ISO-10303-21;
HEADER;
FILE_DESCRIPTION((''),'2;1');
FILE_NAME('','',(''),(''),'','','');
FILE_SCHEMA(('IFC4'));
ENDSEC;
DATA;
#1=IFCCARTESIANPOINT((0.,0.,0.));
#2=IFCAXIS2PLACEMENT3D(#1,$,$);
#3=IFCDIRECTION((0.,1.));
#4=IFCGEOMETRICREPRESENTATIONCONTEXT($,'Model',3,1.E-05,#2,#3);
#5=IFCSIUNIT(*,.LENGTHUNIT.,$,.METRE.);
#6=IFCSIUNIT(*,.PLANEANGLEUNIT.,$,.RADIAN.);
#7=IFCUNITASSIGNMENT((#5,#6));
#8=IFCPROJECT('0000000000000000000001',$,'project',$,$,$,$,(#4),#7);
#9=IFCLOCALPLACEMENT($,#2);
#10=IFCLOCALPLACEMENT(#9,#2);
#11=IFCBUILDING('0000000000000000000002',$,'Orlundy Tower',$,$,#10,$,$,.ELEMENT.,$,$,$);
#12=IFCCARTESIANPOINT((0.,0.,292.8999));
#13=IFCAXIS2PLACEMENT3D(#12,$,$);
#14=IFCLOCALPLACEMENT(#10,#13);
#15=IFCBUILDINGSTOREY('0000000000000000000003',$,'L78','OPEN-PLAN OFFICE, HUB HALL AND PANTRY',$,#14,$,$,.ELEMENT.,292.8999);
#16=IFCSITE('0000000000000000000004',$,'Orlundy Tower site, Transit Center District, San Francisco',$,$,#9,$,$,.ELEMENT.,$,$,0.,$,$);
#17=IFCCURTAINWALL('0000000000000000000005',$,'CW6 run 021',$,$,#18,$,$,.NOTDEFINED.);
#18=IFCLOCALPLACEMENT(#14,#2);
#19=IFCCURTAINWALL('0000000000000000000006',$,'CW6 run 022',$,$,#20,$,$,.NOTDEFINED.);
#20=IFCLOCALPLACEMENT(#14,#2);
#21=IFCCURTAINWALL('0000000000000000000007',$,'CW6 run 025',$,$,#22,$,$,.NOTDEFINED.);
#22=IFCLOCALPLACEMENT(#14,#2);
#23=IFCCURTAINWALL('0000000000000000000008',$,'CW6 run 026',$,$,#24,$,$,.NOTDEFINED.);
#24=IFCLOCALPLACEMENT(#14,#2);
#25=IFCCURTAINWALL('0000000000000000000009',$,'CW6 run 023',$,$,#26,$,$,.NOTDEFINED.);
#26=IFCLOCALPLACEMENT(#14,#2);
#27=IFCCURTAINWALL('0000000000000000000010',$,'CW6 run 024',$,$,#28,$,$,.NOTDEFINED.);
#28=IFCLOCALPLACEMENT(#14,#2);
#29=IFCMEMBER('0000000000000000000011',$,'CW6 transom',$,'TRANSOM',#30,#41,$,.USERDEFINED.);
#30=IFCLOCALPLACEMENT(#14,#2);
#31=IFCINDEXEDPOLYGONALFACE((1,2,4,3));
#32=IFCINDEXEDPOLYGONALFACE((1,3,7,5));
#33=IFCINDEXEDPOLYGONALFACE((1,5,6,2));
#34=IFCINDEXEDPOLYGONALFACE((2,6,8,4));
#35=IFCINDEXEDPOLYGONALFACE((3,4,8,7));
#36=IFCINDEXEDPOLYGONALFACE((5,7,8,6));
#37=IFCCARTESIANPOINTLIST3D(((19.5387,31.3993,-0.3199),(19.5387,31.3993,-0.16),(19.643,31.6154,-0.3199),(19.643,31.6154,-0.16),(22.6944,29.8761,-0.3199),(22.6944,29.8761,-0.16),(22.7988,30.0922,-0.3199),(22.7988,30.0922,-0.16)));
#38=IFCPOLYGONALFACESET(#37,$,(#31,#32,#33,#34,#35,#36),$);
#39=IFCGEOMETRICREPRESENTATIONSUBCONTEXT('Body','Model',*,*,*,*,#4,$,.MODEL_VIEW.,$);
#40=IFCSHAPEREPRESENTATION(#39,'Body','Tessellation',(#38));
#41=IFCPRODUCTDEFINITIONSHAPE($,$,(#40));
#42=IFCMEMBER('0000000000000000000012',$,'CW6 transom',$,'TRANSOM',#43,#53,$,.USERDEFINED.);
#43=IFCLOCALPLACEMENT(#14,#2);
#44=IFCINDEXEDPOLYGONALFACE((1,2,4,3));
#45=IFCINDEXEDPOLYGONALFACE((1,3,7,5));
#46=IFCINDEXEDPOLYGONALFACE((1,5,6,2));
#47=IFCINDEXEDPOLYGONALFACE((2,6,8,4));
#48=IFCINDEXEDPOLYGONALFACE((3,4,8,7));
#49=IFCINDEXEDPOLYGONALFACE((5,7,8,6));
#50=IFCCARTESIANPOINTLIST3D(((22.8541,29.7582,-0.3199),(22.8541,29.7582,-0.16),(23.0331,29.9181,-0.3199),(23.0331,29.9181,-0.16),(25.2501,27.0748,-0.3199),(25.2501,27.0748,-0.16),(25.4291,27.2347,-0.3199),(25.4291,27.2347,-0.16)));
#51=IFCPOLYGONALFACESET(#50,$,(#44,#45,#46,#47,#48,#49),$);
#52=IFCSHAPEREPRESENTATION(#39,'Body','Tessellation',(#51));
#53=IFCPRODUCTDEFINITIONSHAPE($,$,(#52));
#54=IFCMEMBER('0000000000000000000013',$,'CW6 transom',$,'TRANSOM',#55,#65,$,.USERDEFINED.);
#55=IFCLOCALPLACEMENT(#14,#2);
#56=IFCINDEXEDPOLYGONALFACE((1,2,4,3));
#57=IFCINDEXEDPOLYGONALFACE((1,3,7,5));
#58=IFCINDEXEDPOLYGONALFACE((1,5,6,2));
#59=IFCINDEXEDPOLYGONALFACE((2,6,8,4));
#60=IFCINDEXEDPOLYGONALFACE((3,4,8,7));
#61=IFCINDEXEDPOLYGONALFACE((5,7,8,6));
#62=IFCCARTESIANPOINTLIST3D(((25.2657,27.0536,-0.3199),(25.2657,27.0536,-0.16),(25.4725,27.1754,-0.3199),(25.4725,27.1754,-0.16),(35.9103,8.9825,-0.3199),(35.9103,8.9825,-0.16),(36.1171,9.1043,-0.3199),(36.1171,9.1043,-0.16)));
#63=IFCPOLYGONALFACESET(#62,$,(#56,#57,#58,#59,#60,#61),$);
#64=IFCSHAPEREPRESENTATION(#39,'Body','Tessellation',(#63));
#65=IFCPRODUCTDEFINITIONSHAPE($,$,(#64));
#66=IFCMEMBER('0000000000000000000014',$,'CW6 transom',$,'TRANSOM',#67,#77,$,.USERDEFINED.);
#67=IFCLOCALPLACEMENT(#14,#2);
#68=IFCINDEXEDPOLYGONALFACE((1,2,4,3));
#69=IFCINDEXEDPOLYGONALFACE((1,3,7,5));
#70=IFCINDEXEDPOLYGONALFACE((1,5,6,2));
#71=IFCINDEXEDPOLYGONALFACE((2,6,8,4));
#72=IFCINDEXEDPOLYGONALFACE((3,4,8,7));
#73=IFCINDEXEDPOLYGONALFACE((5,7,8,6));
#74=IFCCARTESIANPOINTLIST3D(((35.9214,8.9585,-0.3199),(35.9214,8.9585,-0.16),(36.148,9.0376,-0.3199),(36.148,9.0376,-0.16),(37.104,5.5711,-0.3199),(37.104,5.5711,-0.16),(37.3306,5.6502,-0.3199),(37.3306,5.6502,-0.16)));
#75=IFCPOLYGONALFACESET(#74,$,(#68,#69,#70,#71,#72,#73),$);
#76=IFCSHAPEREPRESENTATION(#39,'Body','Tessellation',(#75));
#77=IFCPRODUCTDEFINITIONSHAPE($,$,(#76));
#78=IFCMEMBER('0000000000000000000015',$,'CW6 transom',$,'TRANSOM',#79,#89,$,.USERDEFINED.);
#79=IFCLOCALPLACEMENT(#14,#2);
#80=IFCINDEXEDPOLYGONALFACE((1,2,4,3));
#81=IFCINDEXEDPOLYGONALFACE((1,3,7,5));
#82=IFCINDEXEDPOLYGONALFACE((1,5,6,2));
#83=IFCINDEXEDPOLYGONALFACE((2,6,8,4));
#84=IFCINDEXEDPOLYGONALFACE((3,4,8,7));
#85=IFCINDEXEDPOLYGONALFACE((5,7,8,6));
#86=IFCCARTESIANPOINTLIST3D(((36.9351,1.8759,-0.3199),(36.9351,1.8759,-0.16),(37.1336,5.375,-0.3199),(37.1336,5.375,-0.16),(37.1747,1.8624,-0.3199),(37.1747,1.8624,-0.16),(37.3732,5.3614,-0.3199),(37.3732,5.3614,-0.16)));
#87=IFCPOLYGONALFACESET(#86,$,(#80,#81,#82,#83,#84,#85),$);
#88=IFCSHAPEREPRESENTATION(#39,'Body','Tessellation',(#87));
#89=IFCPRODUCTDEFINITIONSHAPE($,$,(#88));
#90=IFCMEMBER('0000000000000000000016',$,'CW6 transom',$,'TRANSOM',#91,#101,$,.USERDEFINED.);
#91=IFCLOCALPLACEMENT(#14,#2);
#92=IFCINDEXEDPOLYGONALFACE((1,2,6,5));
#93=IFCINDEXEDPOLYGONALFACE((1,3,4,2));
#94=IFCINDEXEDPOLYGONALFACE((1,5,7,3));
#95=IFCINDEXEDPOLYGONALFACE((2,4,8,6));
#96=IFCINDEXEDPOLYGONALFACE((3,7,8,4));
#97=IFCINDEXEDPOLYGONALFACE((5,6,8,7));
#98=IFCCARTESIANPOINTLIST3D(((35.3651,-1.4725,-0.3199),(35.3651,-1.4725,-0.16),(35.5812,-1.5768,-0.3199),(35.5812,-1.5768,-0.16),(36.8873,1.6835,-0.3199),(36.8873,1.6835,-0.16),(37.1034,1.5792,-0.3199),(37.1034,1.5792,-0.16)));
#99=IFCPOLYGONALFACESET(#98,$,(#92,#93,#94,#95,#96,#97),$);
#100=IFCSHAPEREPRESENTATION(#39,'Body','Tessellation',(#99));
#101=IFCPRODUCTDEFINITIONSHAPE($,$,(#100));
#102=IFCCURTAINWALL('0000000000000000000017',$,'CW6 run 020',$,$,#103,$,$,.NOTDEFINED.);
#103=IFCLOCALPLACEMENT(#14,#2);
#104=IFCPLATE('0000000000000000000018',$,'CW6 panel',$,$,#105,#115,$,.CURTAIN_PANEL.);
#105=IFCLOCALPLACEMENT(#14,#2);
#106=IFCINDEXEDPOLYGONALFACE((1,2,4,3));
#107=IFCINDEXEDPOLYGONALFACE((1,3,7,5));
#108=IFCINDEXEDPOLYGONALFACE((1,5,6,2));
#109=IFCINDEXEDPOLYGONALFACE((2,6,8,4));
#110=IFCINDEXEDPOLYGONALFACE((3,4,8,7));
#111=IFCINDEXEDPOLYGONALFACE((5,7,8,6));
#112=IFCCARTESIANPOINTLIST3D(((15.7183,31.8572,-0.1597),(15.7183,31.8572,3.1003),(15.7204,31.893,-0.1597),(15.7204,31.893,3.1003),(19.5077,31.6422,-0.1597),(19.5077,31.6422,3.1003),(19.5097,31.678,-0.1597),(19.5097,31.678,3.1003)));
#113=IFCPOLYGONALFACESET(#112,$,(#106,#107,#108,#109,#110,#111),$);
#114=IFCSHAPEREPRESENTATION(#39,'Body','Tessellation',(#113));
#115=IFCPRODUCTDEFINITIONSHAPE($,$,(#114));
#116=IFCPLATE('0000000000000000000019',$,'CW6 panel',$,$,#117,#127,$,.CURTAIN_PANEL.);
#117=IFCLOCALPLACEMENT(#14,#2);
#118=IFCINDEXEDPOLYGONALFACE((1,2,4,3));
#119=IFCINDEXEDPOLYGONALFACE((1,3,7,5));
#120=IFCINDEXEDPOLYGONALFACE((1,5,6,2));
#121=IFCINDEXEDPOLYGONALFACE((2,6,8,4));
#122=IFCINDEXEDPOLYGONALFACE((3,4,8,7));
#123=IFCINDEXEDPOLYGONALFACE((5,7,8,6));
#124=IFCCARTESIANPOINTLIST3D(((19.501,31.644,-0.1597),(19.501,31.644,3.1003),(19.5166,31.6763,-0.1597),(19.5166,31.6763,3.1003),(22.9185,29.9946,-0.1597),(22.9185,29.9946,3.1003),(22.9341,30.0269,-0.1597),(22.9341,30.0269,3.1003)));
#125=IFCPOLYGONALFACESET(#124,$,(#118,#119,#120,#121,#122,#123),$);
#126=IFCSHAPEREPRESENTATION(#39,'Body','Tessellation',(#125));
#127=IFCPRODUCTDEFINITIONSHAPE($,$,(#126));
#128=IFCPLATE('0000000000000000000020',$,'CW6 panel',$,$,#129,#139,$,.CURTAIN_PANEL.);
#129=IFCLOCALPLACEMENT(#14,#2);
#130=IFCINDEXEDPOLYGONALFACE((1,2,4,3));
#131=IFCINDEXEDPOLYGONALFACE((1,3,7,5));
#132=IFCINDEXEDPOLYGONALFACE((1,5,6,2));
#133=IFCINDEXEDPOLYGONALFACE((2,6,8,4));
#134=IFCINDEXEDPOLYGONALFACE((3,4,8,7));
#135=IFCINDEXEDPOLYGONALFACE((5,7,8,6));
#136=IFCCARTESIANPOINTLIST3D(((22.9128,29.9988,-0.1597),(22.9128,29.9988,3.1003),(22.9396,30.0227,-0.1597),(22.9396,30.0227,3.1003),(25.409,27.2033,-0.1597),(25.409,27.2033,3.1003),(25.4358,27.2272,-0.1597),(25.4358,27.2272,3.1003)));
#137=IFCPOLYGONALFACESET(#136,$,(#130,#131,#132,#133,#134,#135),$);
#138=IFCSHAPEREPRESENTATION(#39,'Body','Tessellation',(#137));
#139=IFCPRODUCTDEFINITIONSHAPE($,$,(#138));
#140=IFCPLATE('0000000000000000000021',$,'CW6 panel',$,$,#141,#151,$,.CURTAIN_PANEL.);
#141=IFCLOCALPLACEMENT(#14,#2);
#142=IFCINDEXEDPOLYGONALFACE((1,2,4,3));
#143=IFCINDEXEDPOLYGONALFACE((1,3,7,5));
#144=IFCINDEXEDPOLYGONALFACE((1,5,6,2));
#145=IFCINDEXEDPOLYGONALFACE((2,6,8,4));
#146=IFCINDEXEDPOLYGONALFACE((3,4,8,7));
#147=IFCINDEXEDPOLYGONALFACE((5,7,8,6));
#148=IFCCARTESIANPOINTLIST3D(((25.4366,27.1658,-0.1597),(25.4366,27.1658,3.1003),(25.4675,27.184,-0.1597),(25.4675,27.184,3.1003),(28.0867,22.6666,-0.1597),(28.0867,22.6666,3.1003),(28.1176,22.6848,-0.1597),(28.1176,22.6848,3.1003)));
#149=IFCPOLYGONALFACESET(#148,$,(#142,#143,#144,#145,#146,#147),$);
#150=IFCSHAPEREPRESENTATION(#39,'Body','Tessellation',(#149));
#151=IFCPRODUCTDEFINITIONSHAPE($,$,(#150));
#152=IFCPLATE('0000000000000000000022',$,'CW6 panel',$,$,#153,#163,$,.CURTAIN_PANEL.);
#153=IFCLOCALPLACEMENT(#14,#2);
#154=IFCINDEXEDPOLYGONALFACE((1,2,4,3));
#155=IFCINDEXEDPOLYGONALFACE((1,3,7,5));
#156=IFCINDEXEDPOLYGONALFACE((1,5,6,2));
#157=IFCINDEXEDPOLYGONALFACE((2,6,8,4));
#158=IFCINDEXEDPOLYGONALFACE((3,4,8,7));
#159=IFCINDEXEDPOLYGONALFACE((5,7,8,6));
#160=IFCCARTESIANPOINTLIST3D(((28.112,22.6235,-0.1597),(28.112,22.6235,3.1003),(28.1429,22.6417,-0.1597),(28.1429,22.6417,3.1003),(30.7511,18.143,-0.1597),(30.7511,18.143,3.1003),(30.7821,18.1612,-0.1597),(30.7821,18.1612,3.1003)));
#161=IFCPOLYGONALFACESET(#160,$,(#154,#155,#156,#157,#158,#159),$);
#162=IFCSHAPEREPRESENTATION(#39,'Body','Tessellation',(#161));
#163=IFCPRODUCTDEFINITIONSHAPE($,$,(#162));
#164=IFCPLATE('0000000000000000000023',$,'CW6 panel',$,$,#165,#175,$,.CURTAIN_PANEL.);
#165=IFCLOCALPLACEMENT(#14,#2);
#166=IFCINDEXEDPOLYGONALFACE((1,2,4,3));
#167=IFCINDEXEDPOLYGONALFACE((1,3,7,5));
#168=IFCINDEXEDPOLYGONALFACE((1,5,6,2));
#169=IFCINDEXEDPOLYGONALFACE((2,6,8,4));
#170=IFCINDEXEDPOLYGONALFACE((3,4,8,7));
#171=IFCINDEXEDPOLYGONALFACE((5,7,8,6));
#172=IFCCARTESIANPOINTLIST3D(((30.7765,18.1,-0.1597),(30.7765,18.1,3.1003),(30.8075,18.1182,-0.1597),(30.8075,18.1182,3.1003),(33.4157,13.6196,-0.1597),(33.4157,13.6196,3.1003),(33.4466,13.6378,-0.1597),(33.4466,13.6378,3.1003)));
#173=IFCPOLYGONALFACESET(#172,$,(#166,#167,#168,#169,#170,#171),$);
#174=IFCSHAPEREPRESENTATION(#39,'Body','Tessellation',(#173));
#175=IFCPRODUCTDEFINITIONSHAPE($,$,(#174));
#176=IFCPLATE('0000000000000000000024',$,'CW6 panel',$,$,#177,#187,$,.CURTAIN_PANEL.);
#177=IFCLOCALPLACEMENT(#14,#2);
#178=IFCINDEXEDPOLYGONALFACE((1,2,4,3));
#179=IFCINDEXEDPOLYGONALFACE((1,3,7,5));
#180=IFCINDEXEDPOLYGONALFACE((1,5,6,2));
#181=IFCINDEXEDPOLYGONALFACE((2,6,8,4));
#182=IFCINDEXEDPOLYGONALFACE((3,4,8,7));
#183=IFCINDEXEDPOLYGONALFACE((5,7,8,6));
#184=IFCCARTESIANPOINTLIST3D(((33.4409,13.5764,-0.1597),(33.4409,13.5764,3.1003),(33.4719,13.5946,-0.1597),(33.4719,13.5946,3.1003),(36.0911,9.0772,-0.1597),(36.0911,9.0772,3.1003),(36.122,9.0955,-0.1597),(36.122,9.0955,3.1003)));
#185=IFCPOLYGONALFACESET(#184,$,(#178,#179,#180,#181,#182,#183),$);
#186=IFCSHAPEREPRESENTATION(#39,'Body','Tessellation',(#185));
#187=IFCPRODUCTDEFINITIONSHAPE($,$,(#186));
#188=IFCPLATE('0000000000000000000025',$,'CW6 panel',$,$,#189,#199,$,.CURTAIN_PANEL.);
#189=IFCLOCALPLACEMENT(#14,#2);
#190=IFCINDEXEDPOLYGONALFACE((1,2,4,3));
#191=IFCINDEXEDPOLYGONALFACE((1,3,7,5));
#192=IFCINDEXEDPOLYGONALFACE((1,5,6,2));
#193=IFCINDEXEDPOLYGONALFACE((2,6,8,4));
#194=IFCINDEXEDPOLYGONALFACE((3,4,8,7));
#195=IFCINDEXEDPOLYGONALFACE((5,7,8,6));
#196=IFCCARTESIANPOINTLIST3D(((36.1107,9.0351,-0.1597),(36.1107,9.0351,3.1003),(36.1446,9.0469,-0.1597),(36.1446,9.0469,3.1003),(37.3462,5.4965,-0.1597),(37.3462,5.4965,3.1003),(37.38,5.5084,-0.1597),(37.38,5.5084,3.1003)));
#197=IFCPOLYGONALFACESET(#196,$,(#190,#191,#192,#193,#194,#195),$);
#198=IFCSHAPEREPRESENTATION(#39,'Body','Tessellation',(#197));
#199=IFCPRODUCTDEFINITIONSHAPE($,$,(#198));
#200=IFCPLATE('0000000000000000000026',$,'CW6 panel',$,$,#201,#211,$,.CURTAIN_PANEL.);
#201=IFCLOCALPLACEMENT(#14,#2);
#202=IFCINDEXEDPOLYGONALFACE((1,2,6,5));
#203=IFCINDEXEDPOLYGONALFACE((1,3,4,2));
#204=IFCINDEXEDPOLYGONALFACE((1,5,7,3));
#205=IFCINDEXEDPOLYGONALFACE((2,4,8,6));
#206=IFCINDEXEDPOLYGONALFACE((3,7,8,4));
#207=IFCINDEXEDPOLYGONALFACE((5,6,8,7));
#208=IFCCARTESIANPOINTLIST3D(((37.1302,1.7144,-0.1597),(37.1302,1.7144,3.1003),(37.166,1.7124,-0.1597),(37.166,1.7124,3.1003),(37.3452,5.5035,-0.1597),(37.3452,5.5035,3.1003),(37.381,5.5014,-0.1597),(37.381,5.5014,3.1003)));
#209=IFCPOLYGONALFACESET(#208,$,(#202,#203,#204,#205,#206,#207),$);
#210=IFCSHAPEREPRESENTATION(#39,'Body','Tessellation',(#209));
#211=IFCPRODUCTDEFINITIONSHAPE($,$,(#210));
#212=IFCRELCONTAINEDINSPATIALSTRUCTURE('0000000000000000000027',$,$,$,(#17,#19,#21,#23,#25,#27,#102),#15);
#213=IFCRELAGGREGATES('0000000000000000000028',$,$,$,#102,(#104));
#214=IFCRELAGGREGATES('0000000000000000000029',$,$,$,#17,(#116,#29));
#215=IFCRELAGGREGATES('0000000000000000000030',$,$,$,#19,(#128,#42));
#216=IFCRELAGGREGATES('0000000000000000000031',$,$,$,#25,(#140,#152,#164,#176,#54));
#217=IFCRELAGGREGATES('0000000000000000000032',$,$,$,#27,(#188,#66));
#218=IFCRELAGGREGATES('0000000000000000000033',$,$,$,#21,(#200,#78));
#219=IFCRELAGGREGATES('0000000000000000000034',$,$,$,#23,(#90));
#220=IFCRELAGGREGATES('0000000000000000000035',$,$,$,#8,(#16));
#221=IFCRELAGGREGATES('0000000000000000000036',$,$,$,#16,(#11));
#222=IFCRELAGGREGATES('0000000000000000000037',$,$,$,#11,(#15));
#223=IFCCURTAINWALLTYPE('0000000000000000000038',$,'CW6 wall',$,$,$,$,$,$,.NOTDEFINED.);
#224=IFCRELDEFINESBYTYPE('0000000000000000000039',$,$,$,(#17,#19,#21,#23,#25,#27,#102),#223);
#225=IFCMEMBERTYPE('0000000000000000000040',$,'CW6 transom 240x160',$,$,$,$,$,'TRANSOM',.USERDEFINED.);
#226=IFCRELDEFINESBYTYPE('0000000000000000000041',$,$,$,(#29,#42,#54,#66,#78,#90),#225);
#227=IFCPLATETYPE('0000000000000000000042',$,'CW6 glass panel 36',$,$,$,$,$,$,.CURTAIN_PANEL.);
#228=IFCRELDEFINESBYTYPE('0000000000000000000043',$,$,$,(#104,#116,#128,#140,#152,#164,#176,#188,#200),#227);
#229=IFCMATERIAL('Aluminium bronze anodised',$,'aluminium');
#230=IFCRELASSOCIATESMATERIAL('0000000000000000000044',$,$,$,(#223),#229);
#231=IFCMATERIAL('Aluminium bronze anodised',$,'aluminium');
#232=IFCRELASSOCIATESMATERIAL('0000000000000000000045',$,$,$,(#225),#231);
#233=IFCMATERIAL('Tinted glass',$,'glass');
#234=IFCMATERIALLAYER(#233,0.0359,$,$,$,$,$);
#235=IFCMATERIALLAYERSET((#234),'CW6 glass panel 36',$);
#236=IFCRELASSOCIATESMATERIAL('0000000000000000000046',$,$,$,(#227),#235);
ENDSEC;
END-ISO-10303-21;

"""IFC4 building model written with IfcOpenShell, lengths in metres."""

from ifc_helpers import new_model, si_unit, direction, frame, origin, origin_2d, place, context, subcontext, project, spatial, rectangle, extrude, material, layer, layer_set, material_profile, profile_set, type_object, element, aggregate, save


model = new_model("IFC4")

# Units and contexts
model_context = context("Model", 3, precision=1e-05, world=origin(), true_north=direction((0.0, 1.0)))
body_context = subcontext(model_context, "Body", "Model", "MODEL_VIEW")
ifc_project = project(units=[si_unit("LENGTHUNIT", "METRE"), si_unit("PLANEANGLEUNIT", "RADIAN")], contexts=[model_context])

# Site, building, storey
site_placement = place(None, origin())
site = spatial("IfcSite", under=ifc_project, at=site_placement, Name="Orlundy Tower site, Transit Center District, San Francisco", CompositionType="ELEMENT", RefElevation=0.0)
building_placement = place(site_placement, origin())
building = spatial("IfcBuilding", under=site, at=building_placement, Name="Orlundy Tower", CompositionType="ELEMENT")
storey_placement = place(building_placement, frame((0.0, 0.0, 292.8999)))
storey = spatial("IfcBuildingStorey", under=building, at=storey_placement, Name="L78", Description="OPEN-PLAN OFFICE, HUB HALL AND PANTRY", CompositionType="ELEMENT", Elevation=292.8999)

# Curtain walls
ifc_material_1 = material(Name="Aluminium bronze anodised", Category="aluminium")
curtain_wall_type = type_object("IfcCurtainWallType", Name="CW6 wall", PredefinedType="NOTDEFINED", material=ifc_material_1)
curtain_wall_1_placement = place(storey_placement, origin())
curtain_wall_1 = element("IfcCurtainWall", 1, at=curtain_wall_1_placement, inside=storey, type_object=curtain_wall_type, Name="CW6 run 021", PredefinedType="NOTDEFINED")
curtain_wall_2_placement = place(storey_placement, origin())
curtain_wall_2 = element("IfcCurtainWall", 2, at=curtain_wall_2_placement, inside=storey, type_object=curtain_wall_type, Name="CW6 run 022", PredefinedType="NOTDEFINED")
curtain_wall_3_placement = place(storey_placement, origin())
curtain_wall_3 = element("IfcCurtainWall", 3, at=curtain_wall_3_placement, inside=storey, type_object=curtain_wall_type, Name="CW6 run 025", PredefinedType="NOTDEFINED")
curtain_wall_4_placement = place(storey_placement, origin())
curtain_wall_4 = element("IfcCurtainWall", 4, at=curtain_wall_4_placement, inside=storey, type_object=curtain_wall_type, Name="CW6 run 026", PredefinedType="NOTDEFINED")

# Curtain wall
curtain_wall_5_placement = place(storey_placement, origin())
curtain_wall_5 = element("IfcCurtainWall", 5, at=curtain_wall_5_placement, inside=storey, type_object=curtain_wall_type, Name="CW6 run 023", PredefinedType="NOTDEFINED")

# Curtain wall
curtain_wall_6_placement = place(storey_placement, origin())
curtain_wall_6 = element("IfcCurtainWall", 6, at=curtain_wall_6_placement, inside=storey, type_object=curtain_wall_type, Name="CW6 run 024", PredefinedType="NOTDEFINED")

# Members
ifc_material_2 = material(Name="Aluminium bronze anodised", Category="aluminium")
ifc_material_profile_1 = material_profile(ifc_material_2, rectangle(XDim=0.24, YDim=0.1599, at=origin_2d()), Name="CW6 transom 240x160")
ifc_profile_set_1 = profile_set([ifc_material_profile_1], Name="Aluminium bronze anodised")
member_type_1 = type_object("IfcMemberType", Name="CW6 transom 240x160", ElementType="TRANSOM", PredefinedType="USERDEFINED", material=ifc_profile_set_1)
member_1_placement = place(storey_placement, frame((19.5908, 31.5073, -0.24), z_axis=(0.900583, -0.434685, 0.0), x_axis=(0.434685, 0.900583, 0.0)))
member_1 = element("IfcMember", 7, at=member_1_placement, type_object=member_type_1, Name="CW6 transom", ObjectType="TRANSOM", PredefinedType="USERDEFINED", context=body_context, shape_type="SweptSolid", body=[
    extrude(rectangle(XDim=0.24, YDim=0.1599, at=origin_2d()), origin(), (0.0, 0.0, 1.0), 3.5042),
])
member_2_placement = place(storey_placement, frame((22.9436, 29.8381, -0.24), z_axis=(0.666039, -0.745917, 0.0), x_axis=(0.745917, 0.666039, 0.0)))
member_2 = element("IfcMember", 8, at=member_2_placement, type_object=member_type_1, Name="CW6 transom", ObjectType="TRANSOM", PredefinedType="USERDEFINED", context=body_context, shape_type="SweptSolid", body=[
    extrude(rectangle(XDim=0.24, YDim=0.1599, at=origin_2d()), origin(), (0.0, 0.0, 1.0), 3.5974),
])
member_3_placement = place(storey_placement, frame((25.3691, 27.1145, -0.24), z_axis=(0.507534, -0.861632, 0.0), x_axis=(0.861632, 0.507534, 0.0)))
member_3 = element("IfcMember", 9, at=member_3_placement, type_object=member_type_1, Name="CW6 transom", ObjectType="TRANSOM", PredefinedType="USERDEFINED", context=body_context, shape_type="SweptSolid", body=[
    extrude(rectangle(XDim=0.24, YDim=0.1599, at=origin_2d()), origin(), (0.0, 0.0, 1.0), 20.9731),
])
member_4_placement = place(storey_placement, frame((36.0347, 8.998, -0.24), z_axis=(0.329608, -0.944118, 0.0), x_axis=(0.944118, 0.329608, 0.0)))
member_4 = element("IfcMember", 10, at=member_4_placement, type_object=member_type_1, Name="CW6 transom", ObjectType="TRANSOM", PredefinedType="USERDEFINED", context=body_context, shape_type="SweptSolid", body=[
    extrude(rectangle(XDim=0.24, YDim=0.1599, at=origin_2d()), origin(), (0.0, 0.0, 1.0), 3.5879),
])
member_5_placement = place(storey_placement, frame((37.2534, 5.3682, -0.24), z_axis=(-0.056635, -0.998395, 0.0), x_axis=(0.998395, -0.056635, 0.0)))
member_5 = element("IfcMember", 11, at=member_5_placement, type_object=member_type_1, Name="CW6 transom", ObjectType="TRANSOM", PredefinedType="USERDEFINED", context=body_context, shape_type="SweptSolid", body=[
    extrude(rectangle(XDim=0.24, YDim=0.1599, at=origin_2d()), origin(), (0.0, 0.0, 1.0), 3.5046),
])
member_6_placement = place(storey_placement, frame((36.9954, 1.6313, -0.24), z_axis=(-0.434431, -0.900705, 0.0), x_axis=(0.900705, -0.434431, 0.0)))
member_6 = element("IfcMember", 12, at=member_6_placement, type_object=member_type_1, Name="CW6 transom", ObjectType="TRANSOM", PredefinedType="USERDEFINED", context=body_context, shape_type="SweptSolid", body=[
    extrude(rectangle(XDim=0.24, YDim=0.1599, at=origin_2d()), origin(), (0.0, 0.0, 1.0), 3.5039),
])

# Curtain wall, plate
curtain_wall_7_placement = place(storey_placement, origin())
curtain_wall_7 = element("IfcCurtainWall", 13, at=curtain_wall_7_placement, inside=storey, type_object=curtain_wall_type, Name="CW6 run 020", PredefinedType="NOTDEFINED")
ifc_material_3 = material(Name="Tinted glass", Category="glass")
ifc_layer_1 = layer(ifc_material_3, 0.0359)
ifc_layer_set_1 = layer_set([ifc_layer_1], Name="CW6 glass panel 36")
plate_type = type_object("IfcPlateType", Name="CW6 glass panel 36", PredefinedType="CURTAIN_PANEL", material=ifc_layer_set_1)
plate_1_placement = place(storey_placement, frame((17.614, 31.7676, -0.1597), z_axis=(0.0, 0.0, 1.0), x_axis=(0.998394, -0.05665, 0.0)))
plate_1 = element("IfcPlate", 14, at=plate_1_placement, type_object=plate_type, Name="CW6 panel", PredefinedType="CURTAIN_PANEL", context=body_context, shape_type="SweptSolid", body=[
    extrude(rectangle(XDim=3.7954, YDim=0.0359, at=origin_2d()), origin(), (0.0, 0.0, 1.0), 3.26),
])
aggregate(curtain_wall_7, [plate_1])

# Plates
plate_2_placement = place(storey_placement, frame((21.2175, 30.8354, -0.1597), z_axis=(0.0, 0.0, 1.0), x_axis=(0.900599, -0.434651, 0.0)))
plate_2 = element("IfcPlate", 15, at=plate_2_placement, type_object=plate_type, Name="CW6 panel", PredefinedType="CURTAIN_PANEL", context=body_context, shape_type="SweptSolid", body=[
    extrude(rectangle(XDim=3.7947, YDim=0.0359, at=origin_2d()), origin(), (0.0, 0.0, 1.0), 3.26),
])
aggregate(curtain_wall_1, [plate_2, member_1])
plate_3_placement = place(storey_placement, frame((24.1743, 28.613, -0.1597), z_axis=(0.0, 0.0, 1.0), x_axis=(0.666053, -0.745904, 0.0)))
plate_3 = element("IfcPlate", 16, at=plate_3_placement, type_object=plate_type, Name="CW6 panel", PredefinedType="CURTAIN_PANEL", context=body_context, shape_type="SweptSolid", body=[
    extrude(rectangle(XDim=3.7478, YDim=0.0359, at=origin_2d()), origin(), (0.0, 0.0, 1.0), 3.26),
])
aggregate(curtain_wall_2, [plate_3, member_2])
plate_4_placement = place(storey_placement, frame((26.7771, 24.9253, -0.1597), z_axis=(0.0, 0.0, 1.0), x_axis=(0.507532, -0.861633, 0.0)))
plate_4 = element("IfcPlate", 17, at=plate_4_placement, type_object=plate_type, Name="CW6 panel", PredefinedType="CURTAIN_PANEL", context=body_context, shape_type="SweptSolid", body=[
    extrude(rectangle(XDim=5.2217, YDim=0.0359, at=origin_2d()), origin(), (0.0, 0.0, 1.0), 3.26),
])
plate_5_placement = place(storey_placement, frame((29.447, 20.3923, -0.1597), z_axis=(0.0, 0.0, 1.0), x_axis=(0.507532, -0.861633, 0.0)))
plate_5 = element("IfcPlate", 18, at=plate_5_placement, type_object=plate_type, Name="CW6 panel", PredefinedType="CURTAIN_PANEL", context=body_context, shape_type="SweptSolid", body=[
    extrude(rectangle(XDim=5.2, YDim=0.0359, at=origin_2d()), origin(), (0.0, 0.0, 1.0), 3.26),
])
plate_6_placement = place(storey_placement, frame((32.1116, 15.8689, -0.1597), z_axis=(0.0, 0.0, 1.0), x_axis=(0.507532, -0.861633, 0.0)))
plate_6 = element("IfcPlate", 19, at=plate_6_placement, type_object=plate_type, Name="CW6 panel", PredefinedType="CURTAIN_PANEL", context=body_context, shape_type="SweptSolid", body=[
    extrude(rectangle(XDim=5.2, YDim=0.0359, at=origin_2d()), origin(), (0.0, 0.0, 1.0), 3.26),
])
plate_7_placement = place(storey_placement, frame((34.7815, 11.3359, -0.1597), z_axis=(0.0, 0.0, 1.0), x_axis=(0.507532, -0.861633, 0.0)))
plate_7 = element("IfcPlate", 20, at=plate_7_placement, type_object=plate_type, Name="CW6 panel", PredefinedType="CURTAIN_PANEL", context=body_context, shape_type="SweptSolid", body=[
    extrude(rectangle(XDim=5.2217, YDim=0.0359, at=origin_2d()), origin(), (0.0, 0.0, 1.0), 3.26),
])
aggregate(curtain_wall_5, [plate_4, plate_5, plate_6, plate_7, member_3])
plate_8_placement = place(storey_placement, frame((36.7454, 7.2717, -0.1597), z_axis=(0.0, 0.0, 1.0), x_axis=(0.329629, -0.94411, 0.0)))
plate_8 = element("IfcPlate", 21, at=plate_8_placement, type_object=plate_type, Name="CW6 panel", PredefinedType="CURTAIN_PANEL", context=body_context, shape_type="SweptSolid", body=[
    extrude(rectangle(XDim=3.748, YDim=0.0359, at=origin_2d()), origin(), (0.0, 0.0, 1.0), 3.26),
])
aggregate(curtain_wall_6, [plate_8, member_4])
plate_9_placement = place(storey_placement, frame((37.2556, 3.6079, -0.1597), z_axis=(0.0, 0.0, 1.0), x_axis=(-0.05665, -0.998394, 0.0)))
plate_9 = element("IfcPlate", 22, at=plate_9_placement, type_object=plate_type, Name="CW6 panel", PredefinedType="CURTAIN_PANEL", context=body_context, shape_type="SweptSolid", body=[
    extrude(rectangle(XDim=3.7952, YDim=0.0359, at=origin_2d()), origin(), (0.0, 0.0, 1.0), 3.26),
])
aggregate(curtain_wall_3, [plate_9, member_5])
aggregate(curtain_wall_4, [member_6])

save(model, "model.ifc")
